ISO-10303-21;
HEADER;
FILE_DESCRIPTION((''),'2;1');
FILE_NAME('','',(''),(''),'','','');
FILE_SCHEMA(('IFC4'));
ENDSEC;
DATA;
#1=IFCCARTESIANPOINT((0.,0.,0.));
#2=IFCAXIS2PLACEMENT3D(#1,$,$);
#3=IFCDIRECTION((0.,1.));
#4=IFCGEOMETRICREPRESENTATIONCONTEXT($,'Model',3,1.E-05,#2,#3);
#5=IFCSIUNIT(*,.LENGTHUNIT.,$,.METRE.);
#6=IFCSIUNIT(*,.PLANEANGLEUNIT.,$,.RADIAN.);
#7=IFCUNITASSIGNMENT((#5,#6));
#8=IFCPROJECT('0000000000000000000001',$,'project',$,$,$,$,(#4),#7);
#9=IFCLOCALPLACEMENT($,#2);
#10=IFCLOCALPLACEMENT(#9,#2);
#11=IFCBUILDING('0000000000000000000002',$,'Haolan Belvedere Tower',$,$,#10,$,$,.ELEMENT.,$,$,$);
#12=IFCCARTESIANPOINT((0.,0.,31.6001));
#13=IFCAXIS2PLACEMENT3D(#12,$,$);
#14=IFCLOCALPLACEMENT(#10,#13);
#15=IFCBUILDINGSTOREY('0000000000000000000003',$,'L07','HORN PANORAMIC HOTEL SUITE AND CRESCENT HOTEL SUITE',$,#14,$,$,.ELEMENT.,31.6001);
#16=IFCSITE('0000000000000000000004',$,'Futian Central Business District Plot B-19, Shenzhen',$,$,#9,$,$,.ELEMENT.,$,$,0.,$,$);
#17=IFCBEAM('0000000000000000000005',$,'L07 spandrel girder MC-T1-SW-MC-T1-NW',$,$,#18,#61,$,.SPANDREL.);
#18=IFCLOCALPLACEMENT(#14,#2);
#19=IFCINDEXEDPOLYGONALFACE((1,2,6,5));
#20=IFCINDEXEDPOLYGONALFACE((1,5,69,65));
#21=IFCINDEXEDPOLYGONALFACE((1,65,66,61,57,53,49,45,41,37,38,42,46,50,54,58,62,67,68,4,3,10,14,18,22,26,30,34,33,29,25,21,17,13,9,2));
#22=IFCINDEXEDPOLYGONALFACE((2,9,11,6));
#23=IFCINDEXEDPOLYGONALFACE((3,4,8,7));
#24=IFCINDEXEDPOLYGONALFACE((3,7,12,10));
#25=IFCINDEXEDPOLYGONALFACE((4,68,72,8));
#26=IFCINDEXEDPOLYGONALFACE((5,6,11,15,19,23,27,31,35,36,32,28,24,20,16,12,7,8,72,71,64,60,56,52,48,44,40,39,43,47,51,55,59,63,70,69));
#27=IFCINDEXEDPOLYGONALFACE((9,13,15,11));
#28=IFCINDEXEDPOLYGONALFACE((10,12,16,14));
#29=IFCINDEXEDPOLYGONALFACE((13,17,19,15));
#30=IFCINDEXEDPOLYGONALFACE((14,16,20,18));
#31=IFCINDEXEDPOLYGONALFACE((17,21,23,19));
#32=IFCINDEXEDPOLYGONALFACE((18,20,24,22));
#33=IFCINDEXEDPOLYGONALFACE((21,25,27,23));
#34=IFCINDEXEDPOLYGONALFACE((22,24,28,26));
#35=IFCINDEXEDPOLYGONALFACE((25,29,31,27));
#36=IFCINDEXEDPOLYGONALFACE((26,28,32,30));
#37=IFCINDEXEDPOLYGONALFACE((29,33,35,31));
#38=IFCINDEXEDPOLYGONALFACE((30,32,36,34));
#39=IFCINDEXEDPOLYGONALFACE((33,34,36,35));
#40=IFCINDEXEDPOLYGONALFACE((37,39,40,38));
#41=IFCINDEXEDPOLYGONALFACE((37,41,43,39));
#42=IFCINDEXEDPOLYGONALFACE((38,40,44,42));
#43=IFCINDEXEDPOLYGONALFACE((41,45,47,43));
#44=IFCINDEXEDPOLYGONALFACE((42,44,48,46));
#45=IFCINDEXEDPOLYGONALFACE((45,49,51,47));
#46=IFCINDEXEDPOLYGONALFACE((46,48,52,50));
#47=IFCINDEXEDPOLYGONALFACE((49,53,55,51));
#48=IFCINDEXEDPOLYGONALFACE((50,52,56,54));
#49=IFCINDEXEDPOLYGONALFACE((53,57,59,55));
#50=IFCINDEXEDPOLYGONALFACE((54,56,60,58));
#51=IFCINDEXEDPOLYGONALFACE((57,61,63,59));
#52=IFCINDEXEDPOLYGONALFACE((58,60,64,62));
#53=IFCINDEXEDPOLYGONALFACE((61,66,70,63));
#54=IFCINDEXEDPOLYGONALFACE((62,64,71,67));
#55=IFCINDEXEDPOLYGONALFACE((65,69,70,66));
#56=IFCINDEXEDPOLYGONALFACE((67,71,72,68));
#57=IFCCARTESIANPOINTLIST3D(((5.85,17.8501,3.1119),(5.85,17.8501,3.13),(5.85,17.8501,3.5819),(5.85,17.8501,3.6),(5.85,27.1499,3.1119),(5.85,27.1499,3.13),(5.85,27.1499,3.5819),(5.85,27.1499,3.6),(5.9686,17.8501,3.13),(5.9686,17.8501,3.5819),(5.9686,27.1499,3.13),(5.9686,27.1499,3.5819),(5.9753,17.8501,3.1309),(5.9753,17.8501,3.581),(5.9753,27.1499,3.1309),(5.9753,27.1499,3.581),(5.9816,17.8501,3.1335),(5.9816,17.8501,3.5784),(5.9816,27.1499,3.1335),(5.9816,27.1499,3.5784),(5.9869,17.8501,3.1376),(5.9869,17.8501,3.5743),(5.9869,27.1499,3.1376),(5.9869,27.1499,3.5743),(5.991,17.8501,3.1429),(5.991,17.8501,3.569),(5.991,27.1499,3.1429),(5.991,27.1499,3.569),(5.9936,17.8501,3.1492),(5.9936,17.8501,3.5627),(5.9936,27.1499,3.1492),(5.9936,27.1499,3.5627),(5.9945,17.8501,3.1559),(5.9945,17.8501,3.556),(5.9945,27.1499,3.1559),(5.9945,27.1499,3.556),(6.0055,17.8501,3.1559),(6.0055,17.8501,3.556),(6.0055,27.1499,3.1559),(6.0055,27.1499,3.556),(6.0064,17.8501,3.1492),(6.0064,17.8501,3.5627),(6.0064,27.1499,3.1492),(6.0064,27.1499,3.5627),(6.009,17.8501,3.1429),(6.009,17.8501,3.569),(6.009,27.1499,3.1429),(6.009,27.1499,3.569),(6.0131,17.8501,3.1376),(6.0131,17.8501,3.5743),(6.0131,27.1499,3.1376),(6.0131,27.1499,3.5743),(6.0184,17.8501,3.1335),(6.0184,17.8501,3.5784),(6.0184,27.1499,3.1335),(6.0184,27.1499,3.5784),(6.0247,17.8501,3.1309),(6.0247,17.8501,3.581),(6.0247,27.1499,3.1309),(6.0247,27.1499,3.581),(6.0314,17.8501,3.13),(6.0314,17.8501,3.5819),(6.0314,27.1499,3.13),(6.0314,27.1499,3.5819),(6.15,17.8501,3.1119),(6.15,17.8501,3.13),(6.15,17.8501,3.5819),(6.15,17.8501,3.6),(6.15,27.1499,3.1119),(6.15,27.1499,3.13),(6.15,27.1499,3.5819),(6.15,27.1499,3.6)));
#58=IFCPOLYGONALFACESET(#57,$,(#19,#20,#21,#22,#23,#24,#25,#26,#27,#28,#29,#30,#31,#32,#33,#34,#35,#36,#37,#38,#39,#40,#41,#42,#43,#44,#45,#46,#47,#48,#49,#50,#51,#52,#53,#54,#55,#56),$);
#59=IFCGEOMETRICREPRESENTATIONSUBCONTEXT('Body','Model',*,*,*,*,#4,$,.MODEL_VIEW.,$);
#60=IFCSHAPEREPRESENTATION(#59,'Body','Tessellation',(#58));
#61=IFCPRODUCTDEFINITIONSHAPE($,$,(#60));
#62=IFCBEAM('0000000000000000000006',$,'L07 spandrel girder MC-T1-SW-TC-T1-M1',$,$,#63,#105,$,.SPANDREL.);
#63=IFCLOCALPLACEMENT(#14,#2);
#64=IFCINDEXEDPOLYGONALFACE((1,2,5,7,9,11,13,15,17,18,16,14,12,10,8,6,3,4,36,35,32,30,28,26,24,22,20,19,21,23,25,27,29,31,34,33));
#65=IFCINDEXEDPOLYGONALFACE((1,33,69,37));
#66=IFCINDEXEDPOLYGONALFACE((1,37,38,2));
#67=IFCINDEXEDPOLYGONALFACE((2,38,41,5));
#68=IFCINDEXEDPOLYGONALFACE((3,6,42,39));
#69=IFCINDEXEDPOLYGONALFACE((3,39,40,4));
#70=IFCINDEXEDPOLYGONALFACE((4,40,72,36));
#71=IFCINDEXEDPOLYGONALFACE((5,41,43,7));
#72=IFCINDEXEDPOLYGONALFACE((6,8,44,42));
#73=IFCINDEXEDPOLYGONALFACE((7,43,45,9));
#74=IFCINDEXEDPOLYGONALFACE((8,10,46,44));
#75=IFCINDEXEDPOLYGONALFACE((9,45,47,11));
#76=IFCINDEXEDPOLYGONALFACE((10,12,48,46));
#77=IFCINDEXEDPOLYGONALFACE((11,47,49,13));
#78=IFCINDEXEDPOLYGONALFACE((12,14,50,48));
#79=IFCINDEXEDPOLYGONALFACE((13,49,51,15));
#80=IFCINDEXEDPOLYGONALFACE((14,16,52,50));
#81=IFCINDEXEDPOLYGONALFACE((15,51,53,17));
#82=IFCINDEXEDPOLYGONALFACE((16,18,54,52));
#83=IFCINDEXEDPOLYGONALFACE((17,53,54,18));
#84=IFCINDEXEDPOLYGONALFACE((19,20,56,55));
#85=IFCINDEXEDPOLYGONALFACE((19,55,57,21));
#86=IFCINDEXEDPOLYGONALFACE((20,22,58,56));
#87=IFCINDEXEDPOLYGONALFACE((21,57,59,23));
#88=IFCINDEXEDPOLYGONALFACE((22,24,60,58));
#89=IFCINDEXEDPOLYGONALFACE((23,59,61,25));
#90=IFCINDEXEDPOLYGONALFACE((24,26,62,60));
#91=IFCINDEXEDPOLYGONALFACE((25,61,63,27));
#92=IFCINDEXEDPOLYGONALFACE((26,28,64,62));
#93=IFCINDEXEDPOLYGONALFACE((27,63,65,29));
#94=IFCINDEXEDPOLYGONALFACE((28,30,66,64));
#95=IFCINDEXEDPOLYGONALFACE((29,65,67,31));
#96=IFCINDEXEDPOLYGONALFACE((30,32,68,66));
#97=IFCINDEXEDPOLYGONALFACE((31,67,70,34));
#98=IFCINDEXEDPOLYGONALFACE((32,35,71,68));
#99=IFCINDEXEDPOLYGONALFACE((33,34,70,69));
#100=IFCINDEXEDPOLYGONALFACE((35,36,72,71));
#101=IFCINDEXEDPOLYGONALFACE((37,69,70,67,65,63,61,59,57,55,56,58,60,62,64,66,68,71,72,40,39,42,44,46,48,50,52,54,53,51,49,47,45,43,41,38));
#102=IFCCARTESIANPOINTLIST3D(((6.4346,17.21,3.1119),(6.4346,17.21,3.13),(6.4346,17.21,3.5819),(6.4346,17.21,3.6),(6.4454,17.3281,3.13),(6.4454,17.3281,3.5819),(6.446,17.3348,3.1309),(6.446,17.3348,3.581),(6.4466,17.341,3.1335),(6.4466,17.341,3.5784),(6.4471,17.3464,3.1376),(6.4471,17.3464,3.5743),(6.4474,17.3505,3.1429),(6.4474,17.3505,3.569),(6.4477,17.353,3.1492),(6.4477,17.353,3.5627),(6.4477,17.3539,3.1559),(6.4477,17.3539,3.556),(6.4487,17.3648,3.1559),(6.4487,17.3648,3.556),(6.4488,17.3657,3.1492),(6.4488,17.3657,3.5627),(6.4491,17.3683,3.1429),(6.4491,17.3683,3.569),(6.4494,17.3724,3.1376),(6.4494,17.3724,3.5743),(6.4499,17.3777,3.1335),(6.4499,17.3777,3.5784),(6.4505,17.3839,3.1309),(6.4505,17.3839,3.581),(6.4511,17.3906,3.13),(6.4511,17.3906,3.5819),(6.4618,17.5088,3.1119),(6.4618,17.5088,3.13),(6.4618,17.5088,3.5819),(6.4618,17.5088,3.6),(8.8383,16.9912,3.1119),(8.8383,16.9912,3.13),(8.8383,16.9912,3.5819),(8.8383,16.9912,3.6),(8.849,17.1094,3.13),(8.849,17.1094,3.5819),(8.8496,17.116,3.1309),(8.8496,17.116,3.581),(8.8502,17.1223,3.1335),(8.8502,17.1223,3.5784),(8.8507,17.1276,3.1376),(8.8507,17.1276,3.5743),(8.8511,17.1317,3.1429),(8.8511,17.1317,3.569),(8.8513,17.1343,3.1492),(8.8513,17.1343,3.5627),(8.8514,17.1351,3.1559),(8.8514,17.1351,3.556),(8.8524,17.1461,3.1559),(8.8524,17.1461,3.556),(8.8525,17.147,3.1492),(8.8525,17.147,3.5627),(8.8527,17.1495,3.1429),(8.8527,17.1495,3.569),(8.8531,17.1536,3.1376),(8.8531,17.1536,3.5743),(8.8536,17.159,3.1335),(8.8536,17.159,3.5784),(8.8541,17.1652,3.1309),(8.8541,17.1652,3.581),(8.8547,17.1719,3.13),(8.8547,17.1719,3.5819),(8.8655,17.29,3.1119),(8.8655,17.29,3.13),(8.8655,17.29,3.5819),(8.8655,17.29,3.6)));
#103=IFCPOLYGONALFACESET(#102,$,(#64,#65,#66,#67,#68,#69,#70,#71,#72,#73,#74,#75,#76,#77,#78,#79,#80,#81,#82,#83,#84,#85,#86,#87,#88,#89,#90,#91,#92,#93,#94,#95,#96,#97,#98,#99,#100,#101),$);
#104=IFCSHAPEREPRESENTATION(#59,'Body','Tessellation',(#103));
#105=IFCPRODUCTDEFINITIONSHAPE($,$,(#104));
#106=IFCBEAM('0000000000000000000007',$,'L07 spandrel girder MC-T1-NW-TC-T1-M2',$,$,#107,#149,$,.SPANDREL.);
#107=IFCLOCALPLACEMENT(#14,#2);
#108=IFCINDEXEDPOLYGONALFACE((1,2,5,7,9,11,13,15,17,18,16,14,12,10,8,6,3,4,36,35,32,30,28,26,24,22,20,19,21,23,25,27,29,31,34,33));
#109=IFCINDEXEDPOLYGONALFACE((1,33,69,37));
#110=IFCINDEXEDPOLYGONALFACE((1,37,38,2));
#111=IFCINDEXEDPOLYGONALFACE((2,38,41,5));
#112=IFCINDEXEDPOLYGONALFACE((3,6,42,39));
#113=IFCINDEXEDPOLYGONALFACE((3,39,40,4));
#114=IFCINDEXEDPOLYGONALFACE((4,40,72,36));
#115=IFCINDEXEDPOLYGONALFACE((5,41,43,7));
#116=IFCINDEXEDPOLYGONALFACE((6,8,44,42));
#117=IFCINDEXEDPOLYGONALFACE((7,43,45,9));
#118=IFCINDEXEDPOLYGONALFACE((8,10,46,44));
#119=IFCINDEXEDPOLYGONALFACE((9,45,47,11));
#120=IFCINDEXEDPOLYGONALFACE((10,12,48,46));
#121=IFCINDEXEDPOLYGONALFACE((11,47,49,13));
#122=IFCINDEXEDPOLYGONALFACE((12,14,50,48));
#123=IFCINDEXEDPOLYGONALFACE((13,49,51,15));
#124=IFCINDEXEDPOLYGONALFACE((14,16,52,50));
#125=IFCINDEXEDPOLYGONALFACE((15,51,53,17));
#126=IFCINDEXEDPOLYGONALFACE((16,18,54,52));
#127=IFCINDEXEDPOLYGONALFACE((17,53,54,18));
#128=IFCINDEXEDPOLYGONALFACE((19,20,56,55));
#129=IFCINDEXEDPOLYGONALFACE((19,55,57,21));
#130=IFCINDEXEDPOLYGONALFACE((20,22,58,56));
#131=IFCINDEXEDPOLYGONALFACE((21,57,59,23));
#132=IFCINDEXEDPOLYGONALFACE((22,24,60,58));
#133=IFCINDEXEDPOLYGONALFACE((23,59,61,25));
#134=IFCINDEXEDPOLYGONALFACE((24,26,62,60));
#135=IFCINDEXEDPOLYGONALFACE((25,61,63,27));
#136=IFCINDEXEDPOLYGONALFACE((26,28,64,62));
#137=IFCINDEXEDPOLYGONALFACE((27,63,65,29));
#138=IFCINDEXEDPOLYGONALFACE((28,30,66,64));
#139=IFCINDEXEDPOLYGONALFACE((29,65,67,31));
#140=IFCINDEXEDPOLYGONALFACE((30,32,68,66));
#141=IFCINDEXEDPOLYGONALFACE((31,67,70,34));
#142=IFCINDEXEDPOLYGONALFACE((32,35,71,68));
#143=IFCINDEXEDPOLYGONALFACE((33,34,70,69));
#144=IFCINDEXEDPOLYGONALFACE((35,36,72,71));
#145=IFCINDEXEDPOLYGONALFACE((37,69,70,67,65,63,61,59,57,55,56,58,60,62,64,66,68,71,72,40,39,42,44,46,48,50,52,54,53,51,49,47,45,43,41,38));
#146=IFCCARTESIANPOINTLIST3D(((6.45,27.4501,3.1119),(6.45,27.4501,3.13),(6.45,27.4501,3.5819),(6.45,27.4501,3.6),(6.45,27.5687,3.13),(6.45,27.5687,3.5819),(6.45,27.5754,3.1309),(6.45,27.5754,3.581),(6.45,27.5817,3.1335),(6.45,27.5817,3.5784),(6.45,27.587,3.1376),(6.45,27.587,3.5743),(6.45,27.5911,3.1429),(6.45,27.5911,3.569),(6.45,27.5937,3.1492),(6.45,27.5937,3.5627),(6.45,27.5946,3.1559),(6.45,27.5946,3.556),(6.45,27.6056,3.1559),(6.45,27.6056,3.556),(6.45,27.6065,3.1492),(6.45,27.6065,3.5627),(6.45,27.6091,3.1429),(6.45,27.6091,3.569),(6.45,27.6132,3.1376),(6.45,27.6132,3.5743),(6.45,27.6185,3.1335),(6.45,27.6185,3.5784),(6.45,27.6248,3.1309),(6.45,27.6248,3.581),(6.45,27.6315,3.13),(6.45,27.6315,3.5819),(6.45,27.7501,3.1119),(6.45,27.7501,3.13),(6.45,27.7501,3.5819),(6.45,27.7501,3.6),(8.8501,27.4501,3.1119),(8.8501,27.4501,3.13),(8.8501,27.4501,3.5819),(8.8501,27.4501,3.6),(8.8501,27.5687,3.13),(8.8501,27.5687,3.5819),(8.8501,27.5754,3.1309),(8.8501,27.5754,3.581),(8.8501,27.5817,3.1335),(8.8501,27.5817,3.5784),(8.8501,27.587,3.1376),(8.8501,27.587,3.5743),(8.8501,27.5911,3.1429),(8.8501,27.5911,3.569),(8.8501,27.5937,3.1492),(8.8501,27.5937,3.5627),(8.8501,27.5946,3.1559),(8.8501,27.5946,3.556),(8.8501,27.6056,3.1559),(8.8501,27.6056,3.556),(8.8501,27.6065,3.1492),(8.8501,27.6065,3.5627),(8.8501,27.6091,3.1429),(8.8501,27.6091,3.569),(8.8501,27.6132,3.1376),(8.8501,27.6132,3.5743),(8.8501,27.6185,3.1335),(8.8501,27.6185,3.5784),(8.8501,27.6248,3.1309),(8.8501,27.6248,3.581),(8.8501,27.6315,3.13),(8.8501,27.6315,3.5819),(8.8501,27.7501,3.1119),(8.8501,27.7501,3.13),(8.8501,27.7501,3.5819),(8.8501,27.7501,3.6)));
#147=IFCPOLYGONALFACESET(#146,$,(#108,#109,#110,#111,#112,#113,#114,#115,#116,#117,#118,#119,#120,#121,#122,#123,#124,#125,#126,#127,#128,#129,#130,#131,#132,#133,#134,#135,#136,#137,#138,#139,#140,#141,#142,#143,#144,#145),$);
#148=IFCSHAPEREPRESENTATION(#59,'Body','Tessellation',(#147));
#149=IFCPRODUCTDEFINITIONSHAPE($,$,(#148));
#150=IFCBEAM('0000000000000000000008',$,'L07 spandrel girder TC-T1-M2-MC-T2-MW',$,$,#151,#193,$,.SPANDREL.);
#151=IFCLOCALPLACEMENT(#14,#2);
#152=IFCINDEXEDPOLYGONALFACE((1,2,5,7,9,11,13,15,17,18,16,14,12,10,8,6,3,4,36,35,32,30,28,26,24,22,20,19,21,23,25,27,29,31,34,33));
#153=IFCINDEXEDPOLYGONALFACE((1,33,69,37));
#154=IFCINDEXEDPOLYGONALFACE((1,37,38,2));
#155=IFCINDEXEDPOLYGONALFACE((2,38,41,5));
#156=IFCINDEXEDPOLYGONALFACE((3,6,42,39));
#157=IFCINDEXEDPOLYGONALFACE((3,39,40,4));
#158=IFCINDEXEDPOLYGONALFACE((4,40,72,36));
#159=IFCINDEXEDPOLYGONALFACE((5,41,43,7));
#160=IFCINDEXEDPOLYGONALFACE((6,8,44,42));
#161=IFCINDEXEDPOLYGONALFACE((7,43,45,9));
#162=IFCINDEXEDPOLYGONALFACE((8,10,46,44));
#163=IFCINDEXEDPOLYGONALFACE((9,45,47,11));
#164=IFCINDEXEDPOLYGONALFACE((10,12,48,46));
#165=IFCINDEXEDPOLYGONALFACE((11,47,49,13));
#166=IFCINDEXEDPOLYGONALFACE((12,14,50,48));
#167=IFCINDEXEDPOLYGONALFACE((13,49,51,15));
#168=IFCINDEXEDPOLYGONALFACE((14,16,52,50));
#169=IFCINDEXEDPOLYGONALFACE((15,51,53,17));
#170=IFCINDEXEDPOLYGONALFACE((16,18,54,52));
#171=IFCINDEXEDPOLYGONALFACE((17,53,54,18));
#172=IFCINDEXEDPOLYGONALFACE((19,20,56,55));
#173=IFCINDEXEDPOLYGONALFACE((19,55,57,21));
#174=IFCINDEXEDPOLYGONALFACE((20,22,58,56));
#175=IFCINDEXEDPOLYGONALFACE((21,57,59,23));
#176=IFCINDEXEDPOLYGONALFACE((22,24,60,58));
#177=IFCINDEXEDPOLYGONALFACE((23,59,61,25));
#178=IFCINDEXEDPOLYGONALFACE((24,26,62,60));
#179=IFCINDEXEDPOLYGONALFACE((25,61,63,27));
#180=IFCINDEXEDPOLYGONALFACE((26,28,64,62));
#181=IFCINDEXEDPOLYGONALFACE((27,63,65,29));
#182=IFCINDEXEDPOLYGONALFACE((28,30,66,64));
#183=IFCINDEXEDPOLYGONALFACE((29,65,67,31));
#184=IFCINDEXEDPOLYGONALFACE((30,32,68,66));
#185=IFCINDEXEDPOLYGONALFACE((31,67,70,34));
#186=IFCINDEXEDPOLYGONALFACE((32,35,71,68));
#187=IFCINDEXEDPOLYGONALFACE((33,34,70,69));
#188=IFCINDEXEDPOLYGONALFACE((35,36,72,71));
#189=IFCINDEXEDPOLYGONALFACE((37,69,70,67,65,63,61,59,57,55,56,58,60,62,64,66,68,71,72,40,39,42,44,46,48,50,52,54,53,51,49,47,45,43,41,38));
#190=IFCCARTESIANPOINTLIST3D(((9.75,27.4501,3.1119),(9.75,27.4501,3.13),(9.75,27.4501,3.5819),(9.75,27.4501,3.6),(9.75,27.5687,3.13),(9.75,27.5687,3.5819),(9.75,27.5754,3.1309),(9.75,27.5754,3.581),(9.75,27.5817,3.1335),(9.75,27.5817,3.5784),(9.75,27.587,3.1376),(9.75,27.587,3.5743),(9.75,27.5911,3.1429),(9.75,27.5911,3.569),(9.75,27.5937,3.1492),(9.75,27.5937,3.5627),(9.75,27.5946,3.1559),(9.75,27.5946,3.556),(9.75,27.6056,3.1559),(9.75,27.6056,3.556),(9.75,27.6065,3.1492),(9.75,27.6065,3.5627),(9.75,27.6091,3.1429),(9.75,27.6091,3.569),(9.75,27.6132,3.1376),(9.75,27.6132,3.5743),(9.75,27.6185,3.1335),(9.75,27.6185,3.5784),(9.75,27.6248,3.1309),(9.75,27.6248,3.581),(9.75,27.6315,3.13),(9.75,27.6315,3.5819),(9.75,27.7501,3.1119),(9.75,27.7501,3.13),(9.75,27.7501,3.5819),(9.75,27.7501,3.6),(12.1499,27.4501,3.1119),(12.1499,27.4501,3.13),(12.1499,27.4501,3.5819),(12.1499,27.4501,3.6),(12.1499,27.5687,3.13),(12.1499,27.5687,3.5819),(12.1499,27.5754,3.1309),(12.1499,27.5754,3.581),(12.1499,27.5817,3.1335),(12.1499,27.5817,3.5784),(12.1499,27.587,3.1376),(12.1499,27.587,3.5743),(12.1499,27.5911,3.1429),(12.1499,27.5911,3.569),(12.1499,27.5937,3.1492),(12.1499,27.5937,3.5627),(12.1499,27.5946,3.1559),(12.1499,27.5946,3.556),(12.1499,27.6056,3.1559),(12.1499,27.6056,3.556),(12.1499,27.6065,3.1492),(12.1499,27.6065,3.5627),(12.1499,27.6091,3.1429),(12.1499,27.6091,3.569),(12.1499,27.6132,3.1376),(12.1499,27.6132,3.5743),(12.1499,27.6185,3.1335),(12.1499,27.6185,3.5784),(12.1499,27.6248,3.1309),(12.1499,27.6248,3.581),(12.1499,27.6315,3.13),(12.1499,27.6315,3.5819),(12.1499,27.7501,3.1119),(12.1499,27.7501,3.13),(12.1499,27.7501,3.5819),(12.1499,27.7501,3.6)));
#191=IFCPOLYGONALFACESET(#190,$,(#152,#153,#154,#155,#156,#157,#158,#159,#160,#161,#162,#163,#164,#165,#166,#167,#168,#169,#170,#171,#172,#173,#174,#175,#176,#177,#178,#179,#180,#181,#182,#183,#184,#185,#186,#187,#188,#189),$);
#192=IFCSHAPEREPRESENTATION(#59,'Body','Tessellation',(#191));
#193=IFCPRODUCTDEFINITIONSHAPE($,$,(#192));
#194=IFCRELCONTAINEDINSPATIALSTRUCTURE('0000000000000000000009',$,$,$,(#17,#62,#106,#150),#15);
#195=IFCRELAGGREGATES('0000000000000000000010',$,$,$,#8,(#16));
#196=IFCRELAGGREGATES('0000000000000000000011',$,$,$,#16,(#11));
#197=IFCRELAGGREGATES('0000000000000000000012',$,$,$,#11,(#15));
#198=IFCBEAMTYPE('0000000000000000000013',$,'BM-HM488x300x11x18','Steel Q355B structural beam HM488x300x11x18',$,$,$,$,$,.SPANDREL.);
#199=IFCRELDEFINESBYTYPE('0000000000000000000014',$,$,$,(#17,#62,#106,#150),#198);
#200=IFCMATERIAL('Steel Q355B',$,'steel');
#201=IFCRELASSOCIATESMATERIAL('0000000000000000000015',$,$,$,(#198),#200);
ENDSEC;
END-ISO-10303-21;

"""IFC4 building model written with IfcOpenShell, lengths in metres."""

from ifc_helpers import new_model, si_unit, direction, frame, origin, origin_2d, place, context, subcontext, project, spatial, i_section, extrude, material, material_profile, profile_set, type_object, element, save


model = new_model("IFC4")

# Units and contexts
model_context = context("Model", 3, precision=1e-05, world=origin(), true_north=direction((0.0, 1.0)))
body_context = subcontext(model_context, "Body", "Model", "MODEL_VIEW")
ifc_project = project(units=[si_unit("LENGTHUNIT", "METRE"), si_unit("PLANEANGLEUNIT", "RADIAN")], contexts=[model_context])

# Site, building, storey
site_placement = place(None, origin())
site = spatial("IfcSite", under=ifc_project, at=site_placement, Name="Futian Central Business District Plot B-19, Shenzhen", CompositionType="ELEMENT", RefElevation=0.0)
building_placement = place(site_placement, origin())
building = spatial("IfcBuilding", under=site, at=building_placement, Name="Haolan Belvedere Tower", CompositionType="ELEMENT")
storey_placement = place(building_placement, frame((0.0, 0.0, 31.6001)))
storey = spatial("IfcBuildingStorey", under=building, at=storey_placement, Name="L07", Description="HORN PANORAMIC HOTEL SUITE AND CRESCENT HOTEL SUITE", CompositionType="ELEMENT", Elevation=31.6001)

# Shared definitions
ifc_material_1 = material(Name="Steel Q355B", Category="steel")

# Beams
ifc_material_profile_1 = material_profile(ifc_material_1, i_section(OverallWidth=0.3, OverallDepth=0.488, WebThickness=0.011, FlangeThickness=0.0181, FilletRadius=0.0259, at=origin_2d()), Name="Steel Q355B")
ifc_profile_set_1 = profile_set([ifc_material_profile_1], Name="Steel Q355B")
beam_type_1 = type_object("IfcBeamType", Name="BM-HM488x300x11x18", Description="Steel Q355B structural beam HM488x300x11x18", PredefinedType="SPANDREL", material=ifc_profile_set_1)
beam_1_placement = place(storey_placement, frame((6.0, 17.8501, 3.356), z_axis=(0.0, 1.0, 0.0), x_axis=(-1.0, 0.0, 0.0)))
element("IfcBeam", 1, at=beam_1_placement, inside=storey, type_object=beam_type_1, Name="L07 spandrel girder MC-T1-SW-MC-T1-NW", PredefinedType="SPANDREL", context=body_context, shape_type="SweptSolid", body=[
    extrude(i_section(OverallWidth=0.3, OverallDepth=0.488, WebThickness=0.011, FlangeThickness=0.0181, FilletRadius=0.0259, at=origin_2d()), origin(), (0.0, 0.0, 1.0), 9.2998),
])
beam_2_placement = place(storey_placement, frame((6.4482, 17.3594, 3.356), z_axis=(0.995884, -0.090636, 0.0), x_axis=(0.090636, 0.995884, 0.0)))
element("IfcBeam", 2, at=beam_2_placement, inside=storey, type_object=beam_type_1, Name="L07 spandrel girder MC-T1-SW-TC-T1-M1", PredefinedType="SPANDREL", context=body_context, shape_type="SweptSolid", body=[
    extrude(i_section(OverallWidth=0.3, OverallDepth=0.488, WebThickness=0.011, FlangeThickness=0.0181, FilletRadius=0.0259, at=origin_2d()), origin(), (0.0, 0.0, 1.0), 2.4136),
])
beam_3_placement = place(storey_placement, frame((6.45, 27.6001, 3.356), z_axis=(1.0, 0.0, 0.0), x_axis=(0.0, 1.0, 0.0)))
element("IfcBeam", 3, at=beam_3_placement, inside=storey, type_object=beam_type_1, Name="L07 spandrel girder MC-T1-NW-TC-T1-M2", PredefinedType="SPANDREL", context=body_context, shape_type="SweptSolid", body=[
    extrude(i_section(OverallWidth=0.3, OverallDepth=0.488, WebThickness=0.011, FlangeThickness=0.0181, FilletRadius=0.0259, at=origin_2d()), origin(), (0.0, 0.0, 1.0), 2.4001),
])
beam_4_placement = place(storey_placement, frame((9.75, 27.6001, 3.356), z_axis=(1.0, 0.0, 0.0), x_axis=(0.0, 1.0, 0.0)))
element("IfcBeam", 4, at=beam_4_placement, inside=storey, type_object=beam_type_1, Name="L07 spandrel girder TC-T1-M2-MC-T2-MW", PredefinedType="SPANDREL", context=body_context, shape_type="SweptSolid", body=[
    extrude(i_section(OverallWidth=0.3, OverallDepth=0.488, WebThickness=0.011, FlangeThickness=0.0181, FilletRadius=0.0259, at=origin_2d()), origin(), (0.0, 0.0, 1.0), 2.3999),
])

save(model, "model.ifc")
